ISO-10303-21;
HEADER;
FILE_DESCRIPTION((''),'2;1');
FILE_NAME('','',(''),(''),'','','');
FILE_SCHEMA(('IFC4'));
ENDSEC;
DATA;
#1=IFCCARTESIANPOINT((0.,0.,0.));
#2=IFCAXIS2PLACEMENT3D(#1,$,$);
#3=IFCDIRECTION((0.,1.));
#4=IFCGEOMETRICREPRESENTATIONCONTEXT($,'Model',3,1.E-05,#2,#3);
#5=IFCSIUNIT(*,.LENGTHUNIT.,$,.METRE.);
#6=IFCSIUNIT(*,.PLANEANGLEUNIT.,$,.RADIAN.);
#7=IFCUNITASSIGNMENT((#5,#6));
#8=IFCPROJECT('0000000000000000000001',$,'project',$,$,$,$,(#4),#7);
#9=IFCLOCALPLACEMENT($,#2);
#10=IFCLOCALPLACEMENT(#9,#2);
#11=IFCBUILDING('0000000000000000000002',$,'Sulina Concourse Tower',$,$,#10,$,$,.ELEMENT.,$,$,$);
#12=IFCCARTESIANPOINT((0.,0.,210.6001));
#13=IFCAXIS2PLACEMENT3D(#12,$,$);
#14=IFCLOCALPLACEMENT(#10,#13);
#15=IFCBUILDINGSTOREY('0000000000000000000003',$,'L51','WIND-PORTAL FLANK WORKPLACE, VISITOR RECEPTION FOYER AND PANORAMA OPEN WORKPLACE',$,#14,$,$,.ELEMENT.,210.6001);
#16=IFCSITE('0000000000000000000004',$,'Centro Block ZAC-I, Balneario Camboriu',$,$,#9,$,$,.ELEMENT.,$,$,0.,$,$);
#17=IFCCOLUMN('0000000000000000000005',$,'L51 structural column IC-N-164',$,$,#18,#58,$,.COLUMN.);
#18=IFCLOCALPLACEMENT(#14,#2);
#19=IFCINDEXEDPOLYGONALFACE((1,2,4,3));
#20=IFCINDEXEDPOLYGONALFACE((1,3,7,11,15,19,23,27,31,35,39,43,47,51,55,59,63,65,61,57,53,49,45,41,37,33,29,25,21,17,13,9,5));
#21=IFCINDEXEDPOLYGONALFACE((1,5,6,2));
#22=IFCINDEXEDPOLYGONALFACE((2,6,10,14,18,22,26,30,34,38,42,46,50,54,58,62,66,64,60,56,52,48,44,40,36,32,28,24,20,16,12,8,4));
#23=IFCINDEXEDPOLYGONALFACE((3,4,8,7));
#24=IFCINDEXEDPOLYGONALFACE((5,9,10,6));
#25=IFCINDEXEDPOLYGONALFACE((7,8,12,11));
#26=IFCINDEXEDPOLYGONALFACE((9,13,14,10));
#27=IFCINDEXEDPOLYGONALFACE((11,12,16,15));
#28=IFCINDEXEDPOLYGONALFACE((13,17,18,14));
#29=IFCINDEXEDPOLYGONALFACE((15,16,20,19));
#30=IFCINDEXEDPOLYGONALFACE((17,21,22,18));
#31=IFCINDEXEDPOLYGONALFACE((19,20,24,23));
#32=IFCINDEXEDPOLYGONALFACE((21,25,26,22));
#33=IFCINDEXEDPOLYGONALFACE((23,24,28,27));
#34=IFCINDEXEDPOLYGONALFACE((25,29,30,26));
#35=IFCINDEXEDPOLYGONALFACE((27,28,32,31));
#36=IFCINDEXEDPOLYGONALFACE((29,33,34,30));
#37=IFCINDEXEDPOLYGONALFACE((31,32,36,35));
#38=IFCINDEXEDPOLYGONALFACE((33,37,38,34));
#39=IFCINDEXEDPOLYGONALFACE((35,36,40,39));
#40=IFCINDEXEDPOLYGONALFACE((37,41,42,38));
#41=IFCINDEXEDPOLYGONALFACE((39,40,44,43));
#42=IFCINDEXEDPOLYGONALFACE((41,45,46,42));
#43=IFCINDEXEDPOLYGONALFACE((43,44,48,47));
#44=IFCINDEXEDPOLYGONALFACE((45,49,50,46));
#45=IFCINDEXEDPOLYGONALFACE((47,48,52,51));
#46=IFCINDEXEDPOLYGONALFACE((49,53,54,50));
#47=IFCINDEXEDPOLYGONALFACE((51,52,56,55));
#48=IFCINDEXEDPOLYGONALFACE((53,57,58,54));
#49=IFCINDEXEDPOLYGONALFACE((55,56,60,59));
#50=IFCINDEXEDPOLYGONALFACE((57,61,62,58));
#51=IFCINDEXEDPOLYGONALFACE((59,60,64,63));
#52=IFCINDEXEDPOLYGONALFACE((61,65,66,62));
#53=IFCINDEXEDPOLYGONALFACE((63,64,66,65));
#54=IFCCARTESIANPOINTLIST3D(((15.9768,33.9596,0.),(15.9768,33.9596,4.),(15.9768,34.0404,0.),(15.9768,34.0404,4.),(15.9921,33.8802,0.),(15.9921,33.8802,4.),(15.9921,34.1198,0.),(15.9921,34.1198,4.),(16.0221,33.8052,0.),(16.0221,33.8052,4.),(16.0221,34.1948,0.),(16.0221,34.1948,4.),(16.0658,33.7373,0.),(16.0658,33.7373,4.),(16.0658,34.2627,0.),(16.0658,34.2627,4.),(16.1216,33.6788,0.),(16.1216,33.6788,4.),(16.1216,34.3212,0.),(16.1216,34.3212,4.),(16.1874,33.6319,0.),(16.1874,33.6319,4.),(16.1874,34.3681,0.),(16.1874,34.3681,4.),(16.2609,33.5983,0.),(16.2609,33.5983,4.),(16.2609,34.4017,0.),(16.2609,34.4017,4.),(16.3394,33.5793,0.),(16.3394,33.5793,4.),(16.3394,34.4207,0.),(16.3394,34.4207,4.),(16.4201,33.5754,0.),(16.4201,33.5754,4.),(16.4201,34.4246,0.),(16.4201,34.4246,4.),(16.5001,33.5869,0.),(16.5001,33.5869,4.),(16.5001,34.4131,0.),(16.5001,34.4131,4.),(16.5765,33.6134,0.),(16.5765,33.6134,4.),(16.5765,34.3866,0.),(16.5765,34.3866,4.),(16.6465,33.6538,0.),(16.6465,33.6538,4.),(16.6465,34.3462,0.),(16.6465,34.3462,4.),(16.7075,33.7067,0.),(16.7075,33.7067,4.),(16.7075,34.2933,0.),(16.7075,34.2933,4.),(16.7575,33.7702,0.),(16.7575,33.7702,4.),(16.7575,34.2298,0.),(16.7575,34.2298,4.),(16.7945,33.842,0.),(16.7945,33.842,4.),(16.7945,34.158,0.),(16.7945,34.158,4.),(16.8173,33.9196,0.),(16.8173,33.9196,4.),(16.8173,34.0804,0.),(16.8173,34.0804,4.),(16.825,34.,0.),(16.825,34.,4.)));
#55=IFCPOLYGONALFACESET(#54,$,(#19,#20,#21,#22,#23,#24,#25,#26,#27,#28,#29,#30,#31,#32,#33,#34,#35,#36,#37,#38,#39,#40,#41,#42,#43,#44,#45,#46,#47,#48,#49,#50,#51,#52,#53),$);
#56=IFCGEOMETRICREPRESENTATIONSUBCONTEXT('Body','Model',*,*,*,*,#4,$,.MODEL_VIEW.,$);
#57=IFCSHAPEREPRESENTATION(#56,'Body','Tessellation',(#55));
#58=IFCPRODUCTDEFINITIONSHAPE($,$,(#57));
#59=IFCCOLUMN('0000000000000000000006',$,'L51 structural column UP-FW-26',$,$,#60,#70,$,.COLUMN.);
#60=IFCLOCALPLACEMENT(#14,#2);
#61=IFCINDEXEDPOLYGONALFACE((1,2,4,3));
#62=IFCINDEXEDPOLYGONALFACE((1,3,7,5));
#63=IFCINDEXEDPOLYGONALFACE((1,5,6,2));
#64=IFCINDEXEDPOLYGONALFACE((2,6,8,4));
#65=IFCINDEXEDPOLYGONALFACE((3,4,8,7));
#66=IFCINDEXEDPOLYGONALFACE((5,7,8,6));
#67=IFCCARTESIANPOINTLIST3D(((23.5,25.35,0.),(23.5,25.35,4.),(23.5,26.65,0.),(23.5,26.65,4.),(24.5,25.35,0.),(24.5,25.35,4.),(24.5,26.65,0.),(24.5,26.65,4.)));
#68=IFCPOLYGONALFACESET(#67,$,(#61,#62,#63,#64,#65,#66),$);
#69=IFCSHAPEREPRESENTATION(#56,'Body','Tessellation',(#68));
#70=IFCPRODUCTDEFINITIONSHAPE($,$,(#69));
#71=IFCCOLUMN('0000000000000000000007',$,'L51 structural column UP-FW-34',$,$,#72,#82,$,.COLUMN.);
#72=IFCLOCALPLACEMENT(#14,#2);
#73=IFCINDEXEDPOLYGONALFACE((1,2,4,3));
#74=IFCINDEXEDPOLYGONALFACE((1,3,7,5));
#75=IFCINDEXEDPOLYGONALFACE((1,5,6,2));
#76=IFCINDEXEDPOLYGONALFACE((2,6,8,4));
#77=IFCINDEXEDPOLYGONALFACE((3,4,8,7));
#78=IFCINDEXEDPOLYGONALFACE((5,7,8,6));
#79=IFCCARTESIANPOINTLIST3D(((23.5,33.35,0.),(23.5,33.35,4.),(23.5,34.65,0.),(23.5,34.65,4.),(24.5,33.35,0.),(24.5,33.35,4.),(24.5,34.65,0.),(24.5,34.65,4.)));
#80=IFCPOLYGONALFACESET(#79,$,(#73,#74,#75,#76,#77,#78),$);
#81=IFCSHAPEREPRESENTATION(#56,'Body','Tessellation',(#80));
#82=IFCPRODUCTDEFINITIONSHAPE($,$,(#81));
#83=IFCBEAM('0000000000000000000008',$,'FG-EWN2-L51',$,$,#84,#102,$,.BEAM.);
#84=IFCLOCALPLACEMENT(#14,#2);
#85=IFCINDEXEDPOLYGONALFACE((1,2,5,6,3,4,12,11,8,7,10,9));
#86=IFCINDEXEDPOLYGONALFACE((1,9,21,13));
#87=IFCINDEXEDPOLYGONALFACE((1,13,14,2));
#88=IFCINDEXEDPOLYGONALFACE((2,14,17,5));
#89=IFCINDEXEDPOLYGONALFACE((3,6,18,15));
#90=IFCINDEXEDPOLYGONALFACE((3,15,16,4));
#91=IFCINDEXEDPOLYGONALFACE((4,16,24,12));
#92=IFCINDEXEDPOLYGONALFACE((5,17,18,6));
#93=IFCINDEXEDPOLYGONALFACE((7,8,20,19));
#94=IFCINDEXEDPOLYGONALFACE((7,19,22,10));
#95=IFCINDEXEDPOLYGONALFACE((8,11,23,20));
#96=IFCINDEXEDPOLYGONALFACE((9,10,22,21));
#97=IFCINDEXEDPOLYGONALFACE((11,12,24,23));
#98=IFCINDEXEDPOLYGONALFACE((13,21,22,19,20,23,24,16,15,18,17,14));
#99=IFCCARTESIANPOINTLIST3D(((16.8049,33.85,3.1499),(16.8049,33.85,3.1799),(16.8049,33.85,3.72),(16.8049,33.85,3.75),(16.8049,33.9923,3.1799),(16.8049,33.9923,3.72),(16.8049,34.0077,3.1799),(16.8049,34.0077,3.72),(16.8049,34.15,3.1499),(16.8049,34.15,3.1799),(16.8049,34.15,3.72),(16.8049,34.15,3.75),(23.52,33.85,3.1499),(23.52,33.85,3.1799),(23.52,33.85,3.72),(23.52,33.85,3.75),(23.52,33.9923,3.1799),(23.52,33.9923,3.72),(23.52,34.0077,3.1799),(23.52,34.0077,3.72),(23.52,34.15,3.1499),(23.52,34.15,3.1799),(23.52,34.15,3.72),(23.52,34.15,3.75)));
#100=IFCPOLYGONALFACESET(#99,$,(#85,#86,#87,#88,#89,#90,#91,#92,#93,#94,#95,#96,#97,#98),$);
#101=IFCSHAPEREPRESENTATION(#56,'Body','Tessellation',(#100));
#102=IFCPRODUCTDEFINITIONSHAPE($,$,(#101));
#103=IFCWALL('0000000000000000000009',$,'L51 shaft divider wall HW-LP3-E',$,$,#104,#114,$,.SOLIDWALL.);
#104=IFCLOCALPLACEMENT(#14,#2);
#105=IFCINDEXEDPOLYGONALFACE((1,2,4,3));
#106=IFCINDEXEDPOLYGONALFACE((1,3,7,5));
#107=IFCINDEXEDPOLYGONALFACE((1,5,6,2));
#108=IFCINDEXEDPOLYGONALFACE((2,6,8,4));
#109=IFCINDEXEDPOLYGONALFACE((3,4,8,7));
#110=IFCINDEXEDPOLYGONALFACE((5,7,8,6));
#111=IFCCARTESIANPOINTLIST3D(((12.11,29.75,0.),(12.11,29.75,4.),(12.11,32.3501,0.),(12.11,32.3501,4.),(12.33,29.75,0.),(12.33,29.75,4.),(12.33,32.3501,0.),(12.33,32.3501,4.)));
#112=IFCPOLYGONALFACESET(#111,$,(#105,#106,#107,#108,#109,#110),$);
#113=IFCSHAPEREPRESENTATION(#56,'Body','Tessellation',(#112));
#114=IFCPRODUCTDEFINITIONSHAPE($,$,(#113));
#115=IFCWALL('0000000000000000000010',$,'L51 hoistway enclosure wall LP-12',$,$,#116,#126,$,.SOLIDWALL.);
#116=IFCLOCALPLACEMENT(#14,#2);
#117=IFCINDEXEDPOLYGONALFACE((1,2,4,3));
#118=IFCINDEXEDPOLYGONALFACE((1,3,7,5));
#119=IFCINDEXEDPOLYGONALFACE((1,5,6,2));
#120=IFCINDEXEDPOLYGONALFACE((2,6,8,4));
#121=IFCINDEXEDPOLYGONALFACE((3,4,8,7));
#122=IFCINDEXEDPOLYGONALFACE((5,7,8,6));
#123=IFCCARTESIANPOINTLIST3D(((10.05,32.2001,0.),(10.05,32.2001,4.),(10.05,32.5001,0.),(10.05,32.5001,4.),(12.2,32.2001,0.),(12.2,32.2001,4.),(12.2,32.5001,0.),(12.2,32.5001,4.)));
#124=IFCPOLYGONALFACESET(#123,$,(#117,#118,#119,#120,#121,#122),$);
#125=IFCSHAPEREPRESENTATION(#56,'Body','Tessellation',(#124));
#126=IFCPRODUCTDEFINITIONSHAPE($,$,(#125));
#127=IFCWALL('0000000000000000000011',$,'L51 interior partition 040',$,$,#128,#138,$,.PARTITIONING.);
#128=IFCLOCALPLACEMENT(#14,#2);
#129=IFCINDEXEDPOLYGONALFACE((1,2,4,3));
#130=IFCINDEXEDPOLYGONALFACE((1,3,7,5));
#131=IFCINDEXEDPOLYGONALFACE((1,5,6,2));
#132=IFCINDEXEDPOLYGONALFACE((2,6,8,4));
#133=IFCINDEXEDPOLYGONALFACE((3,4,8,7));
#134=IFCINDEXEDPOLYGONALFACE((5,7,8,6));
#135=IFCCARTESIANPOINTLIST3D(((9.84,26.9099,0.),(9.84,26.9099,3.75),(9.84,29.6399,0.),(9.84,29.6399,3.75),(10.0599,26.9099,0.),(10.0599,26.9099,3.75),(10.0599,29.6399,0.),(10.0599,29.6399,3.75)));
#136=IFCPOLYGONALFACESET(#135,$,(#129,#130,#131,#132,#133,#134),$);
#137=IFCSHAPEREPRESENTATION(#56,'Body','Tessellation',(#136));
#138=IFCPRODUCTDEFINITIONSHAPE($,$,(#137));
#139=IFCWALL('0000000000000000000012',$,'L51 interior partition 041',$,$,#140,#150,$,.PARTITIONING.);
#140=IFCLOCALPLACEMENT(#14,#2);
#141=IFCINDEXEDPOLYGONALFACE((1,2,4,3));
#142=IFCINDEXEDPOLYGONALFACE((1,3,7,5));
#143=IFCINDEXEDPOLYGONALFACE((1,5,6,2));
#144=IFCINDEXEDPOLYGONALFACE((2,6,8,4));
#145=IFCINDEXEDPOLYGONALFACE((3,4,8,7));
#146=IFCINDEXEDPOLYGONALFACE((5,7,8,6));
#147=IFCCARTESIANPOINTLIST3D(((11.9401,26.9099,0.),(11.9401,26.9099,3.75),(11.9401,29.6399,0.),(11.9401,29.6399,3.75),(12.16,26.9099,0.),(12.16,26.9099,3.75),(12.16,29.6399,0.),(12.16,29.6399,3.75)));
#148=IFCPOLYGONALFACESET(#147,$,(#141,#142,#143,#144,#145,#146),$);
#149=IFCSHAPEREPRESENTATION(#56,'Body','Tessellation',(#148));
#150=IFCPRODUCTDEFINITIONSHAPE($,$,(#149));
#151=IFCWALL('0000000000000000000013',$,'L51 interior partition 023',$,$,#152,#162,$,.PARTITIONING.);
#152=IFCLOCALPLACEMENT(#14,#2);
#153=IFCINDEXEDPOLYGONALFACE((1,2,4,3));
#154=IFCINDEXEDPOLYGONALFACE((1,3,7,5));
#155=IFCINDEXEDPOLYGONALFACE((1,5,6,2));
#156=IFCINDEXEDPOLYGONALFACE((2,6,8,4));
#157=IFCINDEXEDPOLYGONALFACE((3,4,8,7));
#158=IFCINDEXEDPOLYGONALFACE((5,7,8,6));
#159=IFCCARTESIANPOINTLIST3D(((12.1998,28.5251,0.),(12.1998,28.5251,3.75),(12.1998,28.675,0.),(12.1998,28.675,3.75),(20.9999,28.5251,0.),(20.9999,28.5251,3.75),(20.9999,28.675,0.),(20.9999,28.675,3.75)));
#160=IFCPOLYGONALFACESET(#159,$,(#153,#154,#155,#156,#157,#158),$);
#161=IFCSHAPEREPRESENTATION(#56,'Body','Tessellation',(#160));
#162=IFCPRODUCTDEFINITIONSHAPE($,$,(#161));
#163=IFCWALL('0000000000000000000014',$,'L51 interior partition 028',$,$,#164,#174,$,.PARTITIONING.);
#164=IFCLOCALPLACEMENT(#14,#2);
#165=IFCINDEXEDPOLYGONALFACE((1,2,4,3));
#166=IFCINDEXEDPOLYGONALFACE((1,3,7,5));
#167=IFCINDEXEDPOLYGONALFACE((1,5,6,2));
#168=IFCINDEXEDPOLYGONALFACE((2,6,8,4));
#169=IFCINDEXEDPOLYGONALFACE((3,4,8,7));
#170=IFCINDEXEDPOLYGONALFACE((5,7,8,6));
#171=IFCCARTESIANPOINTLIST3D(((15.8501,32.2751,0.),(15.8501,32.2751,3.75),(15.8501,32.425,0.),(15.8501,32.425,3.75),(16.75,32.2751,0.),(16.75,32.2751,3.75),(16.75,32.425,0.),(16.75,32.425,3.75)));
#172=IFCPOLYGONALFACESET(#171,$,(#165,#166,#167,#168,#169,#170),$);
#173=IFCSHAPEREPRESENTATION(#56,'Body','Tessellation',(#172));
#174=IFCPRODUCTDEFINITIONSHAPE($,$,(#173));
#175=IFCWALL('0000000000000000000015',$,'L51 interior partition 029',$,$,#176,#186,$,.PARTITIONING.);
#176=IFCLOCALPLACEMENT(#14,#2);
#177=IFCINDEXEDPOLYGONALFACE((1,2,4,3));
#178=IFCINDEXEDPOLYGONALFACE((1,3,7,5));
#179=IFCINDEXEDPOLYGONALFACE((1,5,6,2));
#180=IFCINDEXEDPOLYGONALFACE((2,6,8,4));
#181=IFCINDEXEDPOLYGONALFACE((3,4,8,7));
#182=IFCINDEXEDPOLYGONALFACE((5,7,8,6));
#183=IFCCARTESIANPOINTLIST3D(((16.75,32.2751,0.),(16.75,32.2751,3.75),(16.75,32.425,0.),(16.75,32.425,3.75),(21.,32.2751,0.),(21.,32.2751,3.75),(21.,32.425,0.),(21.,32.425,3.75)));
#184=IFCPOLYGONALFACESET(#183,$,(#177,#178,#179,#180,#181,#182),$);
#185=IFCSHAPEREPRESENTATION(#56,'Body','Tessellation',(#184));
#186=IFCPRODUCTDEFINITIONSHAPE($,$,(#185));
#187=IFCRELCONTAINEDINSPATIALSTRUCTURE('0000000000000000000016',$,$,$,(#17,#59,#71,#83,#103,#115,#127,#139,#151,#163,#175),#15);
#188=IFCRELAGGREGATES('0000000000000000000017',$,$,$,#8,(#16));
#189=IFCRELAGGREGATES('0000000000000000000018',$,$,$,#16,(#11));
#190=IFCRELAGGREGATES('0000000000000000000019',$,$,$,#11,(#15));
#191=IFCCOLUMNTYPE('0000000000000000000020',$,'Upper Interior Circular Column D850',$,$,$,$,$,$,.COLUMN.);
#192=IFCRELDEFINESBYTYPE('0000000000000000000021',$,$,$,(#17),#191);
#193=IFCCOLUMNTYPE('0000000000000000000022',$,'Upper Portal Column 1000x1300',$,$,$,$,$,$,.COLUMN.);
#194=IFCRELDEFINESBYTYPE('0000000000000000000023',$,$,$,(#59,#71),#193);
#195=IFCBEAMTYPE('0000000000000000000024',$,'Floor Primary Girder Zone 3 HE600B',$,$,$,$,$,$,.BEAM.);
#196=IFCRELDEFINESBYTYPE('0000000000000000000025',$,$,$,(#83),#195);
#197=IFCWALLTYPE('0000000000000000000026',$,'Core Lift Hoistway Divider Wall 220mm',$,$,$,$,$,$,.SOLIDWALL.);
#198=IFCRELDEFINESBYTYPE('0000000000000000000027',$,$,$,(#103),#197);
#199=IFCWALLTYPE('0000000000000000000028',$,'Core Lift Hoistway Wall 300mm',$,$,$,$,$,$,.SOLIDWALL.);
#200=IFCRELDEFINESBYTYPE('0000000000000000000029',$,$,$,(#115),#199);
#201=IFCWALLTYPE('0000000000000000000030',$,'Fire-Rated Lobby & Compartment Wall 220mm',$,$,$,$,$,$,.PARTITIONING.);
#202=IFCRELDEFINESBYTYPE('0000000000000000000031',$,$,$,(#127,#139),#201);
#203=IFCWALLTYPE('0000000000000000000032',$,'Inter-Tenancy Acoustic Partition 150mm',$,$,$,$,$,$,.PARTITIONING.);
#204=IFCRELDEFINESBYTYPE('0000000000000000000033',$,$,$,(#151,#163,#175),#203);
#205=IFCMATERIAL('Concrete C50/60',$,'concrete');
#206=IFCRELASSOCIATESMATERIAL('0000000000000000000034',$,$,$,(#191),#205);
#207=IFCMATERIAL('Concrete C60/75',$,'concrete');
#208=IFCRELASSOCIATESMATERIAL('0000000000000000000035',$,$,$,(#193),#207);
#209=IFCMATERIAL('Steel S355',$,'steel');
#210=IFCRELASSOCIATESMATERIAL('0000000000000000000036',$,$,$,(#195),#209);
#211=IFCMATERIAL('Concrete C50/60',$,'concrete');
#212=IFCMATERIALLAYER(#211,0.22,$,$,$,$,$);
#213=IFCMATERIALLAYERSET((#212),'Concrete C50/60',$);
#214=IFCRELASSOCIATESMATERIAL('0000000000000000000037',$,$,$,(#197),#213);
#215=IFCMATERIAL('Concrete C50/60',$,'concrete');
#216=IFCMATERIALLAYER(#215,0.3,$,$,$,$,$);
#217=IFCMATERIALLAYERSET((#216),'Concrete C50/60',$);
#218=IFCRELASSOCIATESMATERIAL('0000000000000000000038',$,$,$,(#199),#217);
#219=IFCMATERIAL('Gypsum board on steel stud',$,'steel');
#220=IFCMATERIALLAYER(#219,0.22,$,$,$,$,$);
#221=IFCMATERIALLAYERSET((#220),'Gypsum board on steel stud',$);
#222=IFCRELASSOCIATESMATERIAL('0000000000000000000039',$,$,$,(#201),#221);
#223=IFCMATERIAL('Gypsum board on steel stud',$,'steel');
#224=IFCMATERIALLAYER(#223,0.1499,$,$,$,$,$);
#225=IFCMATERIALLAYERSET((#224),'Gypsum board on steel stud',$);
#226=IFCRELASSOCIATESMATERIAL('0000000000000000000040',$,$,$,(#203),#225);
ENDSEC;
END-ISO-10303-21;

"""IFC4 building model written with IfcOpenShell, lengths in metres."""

from ifc_helpers import new_model, si_unit, direction, frame, frame_2d, origin, origin_2d, place, context, subcontext, project, spatial, rectangle, circle, i_section, extrude, material, layer, layer_set, material_profile, profile_set, type_object, element, save


model = new_model("IFC4")

# Units and contexts
model_context = context("Model", 3, precision=1e-05, world=origin(), true_north=direction((0.0, 1.0)))
body_context = subcontext(model_context, "Body", "Model", "MODEL_VIEW")
ifc_project = project(units=[si_unit("LENGTHUNIT", "METRE"), si_unit("PLANEANGLEUNIT", "RADIAN")], contexts=[model_context])

# Site, building, storey
site_placement = place(None, origin())
site = spatial("IfcSite", under=ifc_project, at=site_placement, Name="Centro Block ZAC-I, Balneario Camboriu", CompositionType="ELEMENT", RefElevation=0.0)
building_placement = place(site_placement, origin())
building = spatial("IfcBuilding", under=site, at=building_placement, Name="Sulina Concourse Tower", CompositionType="ELEMENT")
storey_placement = place(building_placement, frame((0.0, 0.0, 210.6001)))
storey = spatial("IfcBuildingStorey", under=building, at=storey_placement, Name="L51", Description="WIND-PORTAL FLANK WORKPLACE, VISITOR RECEPTION FOYER AND PANORAMA OPEN WORKPLACE", CompositionType="ELEMENT", Elevation=210.6001)

# Columns
ifc_material_1 = material(Name="Concrete C50/60", Category="concrete")
ifc_material_profile_1 = material_profile(ifc_material_1, circle(Radius=0.425, at=origin_2d()), Name="RC D850")
ifc_profile_set_1 = profile_set([ifc_material_profile_1], Name="Concrete C50/60")
column_type_1 = type_object("IfcColumnType", Name="Upper Interior Circular Column D850", PredefinedType="COLUMN", material=ifc_profile_set_1)
column_placement = place(storey_placement, frame((16.3999, 34.0, 0.0), z_axis=(0.0, 0.0, 1.0), x_axis=(1.0, 0.0, 0.0)))
element("IfcColumn", 1, at=column_placement, inside=storey, type_object=column_type_1, Name="L51 structural column IC-N-164", PredefinedType="COLUMN", context=body_context, shape_type="SweptSolid", body=[
    extrude(circle(Radius=0.425, at=origin_2d()), origin(), (0.0, 0.0, 1.0), 4.0),
])
ifc_material_2 = material(Name="Concrete C60/75", Category="concrete")
ifc_material_profile_2 = material_profile(ifc_material_2, rectangle(XDim=1.0, YDim=1.3, at=origin_2d()), Name="RC 1000x1300")
ifc_profile_set_2 = profile_set([ifc_material_profile_2], Name="Concrete C60/75")
column_type_2 = type_object("IfcColumnType", Name="Upper Portal Column 1000x1300", PredefinedType="COLUMN", material=ifc_profile_set_2)
for number, where, z_axis, x_axis, name in (
    (2, (24.0, 26.0, 0.0), (0.0, 0.0, 1.0), (1.0, 0.0, 0.0), "L51 structural column UP-FW-26"),
    (3, (24.0, 34.0, 0.0), (0.0, 0.0, 1.0), (1.0, 0.0, 0.0), "L51 structural column UP-FW-34"),
):
    element("IfcColumn", number, at=place(storey_placement, frame(where, z_axis=z_axis, x_axis=x_axis)), inside=storey, type_object=column_type_2, Name=name, PredefinedType="COLUMN", context=body_context, shape_type="SweptSolid", body=[
        extrude(rectangle(XDim=1.0, YDim=1.3, at=origin_2d()), origin(), (0.0, 0.0, 1.0), 4.0),
    ])

# Beam
ifc_material_3 = material(Name="Steel S355", Category="steel")
ifc_material_profile_3 = material_profile(ifc_material_3, i_section(OverallWidth=0.3, OverallDepth=0.6001, WebThickness=0.0154, FlangeThickness=0.03, at=origin_2d()), Name="HE 600 B")
ifc_profile_set_3 = profile_set([ifc_material_profile_3], Name="Steel S355")
beam_type = type_object("IfcBeamType", Name="Floor Primary Girder Zone 3 HE600B", PredefinedType="BEAM", material=ifc_profile_set_3)
beam_placement = place(storey_placement, frame((16.8049, 34.0, 3.45), z_axis=(1.0, 0.0, 0.0), x_axis=(0.0, 1.0, 0.0)))
element("IfcBeam", 4, at=beam_placement, inside=storey, type_object=beam_type, Name="FG-EWN2-L51", PredefinedType="BEAM", context=body_context, shape_type="SweptSolid", body=[
    extrude(i_section(OverallWidth=0.3, OverallDepth=0.6001, WebThickness=0.0154, FlangeThickness=0.03, at=origin_2d()), origin(), (0.0, 0.0, 1.0), 6.7151),
])

# Walls
ifc_material_4 = material(Name="Concrete C50/60", Category="concrete")
ifc_layer_1 = layer(ifc_material_4, 0.22)
ifc_layer_set_1 = layer_set([ifc_layer_1], Name="Concrete C50/60")
wall_type_1 = type_object("IfcWallType", Name="Core Lift Hoistway Divider Wall 220mm", PredefinedType="SOLIDWALL", material=ifc_layer_set_1)
wall_1_placement = place(storey_placement, frame((12.22, 29.75, 0.0), z_axis=(0.0, 0.0, 1.0), x_axis=(0.0, 1.0, 0.0)))
element("IfcWall", 5, at=wall_1_placement, inside=storey, type_object=wall_type_1, Name="L51 shaft divider wall HW-LP3-E", PredefinedType="SOLIDWALL", context=body_context, shape_type="SweptSolid", body=[
    extrude(rectangle(XDim=2.6001, YDim=0.22, at=frame_2d((1.3, 0.0))), origin(), (0.0, 0.0, 1.0), 4.0),
])
ifc_material_5 = material(Name="Concrete C50/60", Category="concrete")
ifc_layer_2 = layer(ifc_material_5, 0.3)
ifc_layer_set_2 = layer_set([ifc_layer_2], Name="Concrete C50/60")
wall_type_2 = type_object("IfcWallType", Name="Core Lift Hoistway Wall 300mm", PredefinedType="SOLIDWALL", material=ifc_layer_set_2)
wall_2_placement = place(storey_placement, frame((10.05, 32.3501, 0.0), z_axis=(0.0, 0.0, 1.0), x_axis=(1.0, 0.0, 0.0)))
element("IfcWall", 6, at=wall_2_placement, inside=storey, type_object=wall_type_2, Name="L51 hoistway enclosure wall LP-12", PredefinedType="SOLIDWALL", context=body_context, shape_type="SweptSolid", body=[
    extrude(rectangle(XDim=2.1499, YDim=0.3, at=frame_2d((1.075, 0.0))), origin(), (0.0, 0.0, 1.0), 4.0),
])
ifc_material_6 = material(Name="Gypsum board on steel stud", Category="steel")
ifc_layer_3 = layer(ifc_material_6, 0.22)
ifc_layer_set_3 = layer_set([ifc_layer_3], Name="Gypsum board on steel stud")
wall_type_3 = type_object("IfcWallType", Name="Fire-Rated Lobby & Compartment Wall 220mm", PredefinedType="PARTITIONING", material=ifc_layer_set_3)
for number, where, z_axis, x_axis, name in (
    (7, (9.95, 26.9099, 0.0), (0.0, 0.0, 1.0), (0.0, 1.0, 0.0), "L51 interior partition 040"),
    (8, (12.05, 26.9099, 0.0), (0.0, 0.0, 1.0), (0.0, 1.0, 0.0), "L51 interior partition 041"),
):
    element("IfcWall", number, at=place(storey_placement, frame(where, z_axis=z_axis, x_axis=x_axis)), inside=storey, type_object=wall_type_3, Name=name, PredefinedType="PARTITIONING", context=body_context, shape_type="SweptSolid", body=[
        extrude(rectangle(XDim=2.73, YDim=0.22, at=frame_2d((1.365, 0.0))), origin(), (0.0, 0.0, 1.0), 3.75),
    ])
ifc_material_7 = material(Name="Gypsum board on steel stud", Category="steel")
ifc_layer_4 = layer(ifc_material_7, 0.1499)
ifc_layer_set_4 = layer_set([ifc_layer_4], Name="Gypsum board on steel stud")
wall_type_4 = type_object("IfcWallType", Name="Inter-Tenancy Acoustic Partition 150mm", PredefinedType="PARTITIONING", material=ifc_layer_set_4)
wall_3_placement = place(storey_placement, frame((12.2, 28.6001, 0.0), z_axis=(0.0, 0.0, 1.0), x_axis=(1.0, 0.0, 0.0)))
element("IfcWall", 9, at=wall_3_placement, inside=storey, type_object=wall_type_4, Name="L51 interior partition 023", PredefinedType="PARTITIONING", context=body_context, shape_type="SweptSolid", body=[
    extrude(rectangle(XDim=8.8, YDim=0.1499, at=frame_2d((4.3999, 0.0))), origin(), (0.0, 0.0, 1.0), 3.75),
])

# Walls
wall_4_placement = place(storey_placement, frame((15.8501, 32.3501, 0.0), z_axis=(0.0, 0.0, 1.0), x_axis=(1.0, 0.0, 0.0)))
element("IfcWall", 10, at=wall_4_placement, inside=storey, type_object=wall_type_4, Name="L51 interior partition 028", PredefinedType="PARTITIONING", context=body_context, shape_type="SweptSolid", body=[
    extrude(rectangle(XDim=0.8999, YDim=0.1499, at=frame_2d((0.45, 0.0))), origin(), (0.0, 0.0, 1.0), 3.75),
])
wall_5_placement = place(storey_placement, frame((16.75, 32.3501, 0.0), z_axis=(0.0, 0.0, 1.0), x_axis=(1.0, 0.0, 0.0)))
element("IfcWall", 11, at=wall_5_placement, inside=storey, type_object=wall_type_4, Name="L51 interior partition 029", PredefinedType="PARTITIONING", context=body_context, shape_type="SweptSolid", body=[
    extrude(rectangle(XDim=4.25, YDim=0.1499, at=frame_2d((2.125, 0.0))), origin(), (0.0, 0.0, 1.0), 3.75),
])

save(model, "model.ifc")
